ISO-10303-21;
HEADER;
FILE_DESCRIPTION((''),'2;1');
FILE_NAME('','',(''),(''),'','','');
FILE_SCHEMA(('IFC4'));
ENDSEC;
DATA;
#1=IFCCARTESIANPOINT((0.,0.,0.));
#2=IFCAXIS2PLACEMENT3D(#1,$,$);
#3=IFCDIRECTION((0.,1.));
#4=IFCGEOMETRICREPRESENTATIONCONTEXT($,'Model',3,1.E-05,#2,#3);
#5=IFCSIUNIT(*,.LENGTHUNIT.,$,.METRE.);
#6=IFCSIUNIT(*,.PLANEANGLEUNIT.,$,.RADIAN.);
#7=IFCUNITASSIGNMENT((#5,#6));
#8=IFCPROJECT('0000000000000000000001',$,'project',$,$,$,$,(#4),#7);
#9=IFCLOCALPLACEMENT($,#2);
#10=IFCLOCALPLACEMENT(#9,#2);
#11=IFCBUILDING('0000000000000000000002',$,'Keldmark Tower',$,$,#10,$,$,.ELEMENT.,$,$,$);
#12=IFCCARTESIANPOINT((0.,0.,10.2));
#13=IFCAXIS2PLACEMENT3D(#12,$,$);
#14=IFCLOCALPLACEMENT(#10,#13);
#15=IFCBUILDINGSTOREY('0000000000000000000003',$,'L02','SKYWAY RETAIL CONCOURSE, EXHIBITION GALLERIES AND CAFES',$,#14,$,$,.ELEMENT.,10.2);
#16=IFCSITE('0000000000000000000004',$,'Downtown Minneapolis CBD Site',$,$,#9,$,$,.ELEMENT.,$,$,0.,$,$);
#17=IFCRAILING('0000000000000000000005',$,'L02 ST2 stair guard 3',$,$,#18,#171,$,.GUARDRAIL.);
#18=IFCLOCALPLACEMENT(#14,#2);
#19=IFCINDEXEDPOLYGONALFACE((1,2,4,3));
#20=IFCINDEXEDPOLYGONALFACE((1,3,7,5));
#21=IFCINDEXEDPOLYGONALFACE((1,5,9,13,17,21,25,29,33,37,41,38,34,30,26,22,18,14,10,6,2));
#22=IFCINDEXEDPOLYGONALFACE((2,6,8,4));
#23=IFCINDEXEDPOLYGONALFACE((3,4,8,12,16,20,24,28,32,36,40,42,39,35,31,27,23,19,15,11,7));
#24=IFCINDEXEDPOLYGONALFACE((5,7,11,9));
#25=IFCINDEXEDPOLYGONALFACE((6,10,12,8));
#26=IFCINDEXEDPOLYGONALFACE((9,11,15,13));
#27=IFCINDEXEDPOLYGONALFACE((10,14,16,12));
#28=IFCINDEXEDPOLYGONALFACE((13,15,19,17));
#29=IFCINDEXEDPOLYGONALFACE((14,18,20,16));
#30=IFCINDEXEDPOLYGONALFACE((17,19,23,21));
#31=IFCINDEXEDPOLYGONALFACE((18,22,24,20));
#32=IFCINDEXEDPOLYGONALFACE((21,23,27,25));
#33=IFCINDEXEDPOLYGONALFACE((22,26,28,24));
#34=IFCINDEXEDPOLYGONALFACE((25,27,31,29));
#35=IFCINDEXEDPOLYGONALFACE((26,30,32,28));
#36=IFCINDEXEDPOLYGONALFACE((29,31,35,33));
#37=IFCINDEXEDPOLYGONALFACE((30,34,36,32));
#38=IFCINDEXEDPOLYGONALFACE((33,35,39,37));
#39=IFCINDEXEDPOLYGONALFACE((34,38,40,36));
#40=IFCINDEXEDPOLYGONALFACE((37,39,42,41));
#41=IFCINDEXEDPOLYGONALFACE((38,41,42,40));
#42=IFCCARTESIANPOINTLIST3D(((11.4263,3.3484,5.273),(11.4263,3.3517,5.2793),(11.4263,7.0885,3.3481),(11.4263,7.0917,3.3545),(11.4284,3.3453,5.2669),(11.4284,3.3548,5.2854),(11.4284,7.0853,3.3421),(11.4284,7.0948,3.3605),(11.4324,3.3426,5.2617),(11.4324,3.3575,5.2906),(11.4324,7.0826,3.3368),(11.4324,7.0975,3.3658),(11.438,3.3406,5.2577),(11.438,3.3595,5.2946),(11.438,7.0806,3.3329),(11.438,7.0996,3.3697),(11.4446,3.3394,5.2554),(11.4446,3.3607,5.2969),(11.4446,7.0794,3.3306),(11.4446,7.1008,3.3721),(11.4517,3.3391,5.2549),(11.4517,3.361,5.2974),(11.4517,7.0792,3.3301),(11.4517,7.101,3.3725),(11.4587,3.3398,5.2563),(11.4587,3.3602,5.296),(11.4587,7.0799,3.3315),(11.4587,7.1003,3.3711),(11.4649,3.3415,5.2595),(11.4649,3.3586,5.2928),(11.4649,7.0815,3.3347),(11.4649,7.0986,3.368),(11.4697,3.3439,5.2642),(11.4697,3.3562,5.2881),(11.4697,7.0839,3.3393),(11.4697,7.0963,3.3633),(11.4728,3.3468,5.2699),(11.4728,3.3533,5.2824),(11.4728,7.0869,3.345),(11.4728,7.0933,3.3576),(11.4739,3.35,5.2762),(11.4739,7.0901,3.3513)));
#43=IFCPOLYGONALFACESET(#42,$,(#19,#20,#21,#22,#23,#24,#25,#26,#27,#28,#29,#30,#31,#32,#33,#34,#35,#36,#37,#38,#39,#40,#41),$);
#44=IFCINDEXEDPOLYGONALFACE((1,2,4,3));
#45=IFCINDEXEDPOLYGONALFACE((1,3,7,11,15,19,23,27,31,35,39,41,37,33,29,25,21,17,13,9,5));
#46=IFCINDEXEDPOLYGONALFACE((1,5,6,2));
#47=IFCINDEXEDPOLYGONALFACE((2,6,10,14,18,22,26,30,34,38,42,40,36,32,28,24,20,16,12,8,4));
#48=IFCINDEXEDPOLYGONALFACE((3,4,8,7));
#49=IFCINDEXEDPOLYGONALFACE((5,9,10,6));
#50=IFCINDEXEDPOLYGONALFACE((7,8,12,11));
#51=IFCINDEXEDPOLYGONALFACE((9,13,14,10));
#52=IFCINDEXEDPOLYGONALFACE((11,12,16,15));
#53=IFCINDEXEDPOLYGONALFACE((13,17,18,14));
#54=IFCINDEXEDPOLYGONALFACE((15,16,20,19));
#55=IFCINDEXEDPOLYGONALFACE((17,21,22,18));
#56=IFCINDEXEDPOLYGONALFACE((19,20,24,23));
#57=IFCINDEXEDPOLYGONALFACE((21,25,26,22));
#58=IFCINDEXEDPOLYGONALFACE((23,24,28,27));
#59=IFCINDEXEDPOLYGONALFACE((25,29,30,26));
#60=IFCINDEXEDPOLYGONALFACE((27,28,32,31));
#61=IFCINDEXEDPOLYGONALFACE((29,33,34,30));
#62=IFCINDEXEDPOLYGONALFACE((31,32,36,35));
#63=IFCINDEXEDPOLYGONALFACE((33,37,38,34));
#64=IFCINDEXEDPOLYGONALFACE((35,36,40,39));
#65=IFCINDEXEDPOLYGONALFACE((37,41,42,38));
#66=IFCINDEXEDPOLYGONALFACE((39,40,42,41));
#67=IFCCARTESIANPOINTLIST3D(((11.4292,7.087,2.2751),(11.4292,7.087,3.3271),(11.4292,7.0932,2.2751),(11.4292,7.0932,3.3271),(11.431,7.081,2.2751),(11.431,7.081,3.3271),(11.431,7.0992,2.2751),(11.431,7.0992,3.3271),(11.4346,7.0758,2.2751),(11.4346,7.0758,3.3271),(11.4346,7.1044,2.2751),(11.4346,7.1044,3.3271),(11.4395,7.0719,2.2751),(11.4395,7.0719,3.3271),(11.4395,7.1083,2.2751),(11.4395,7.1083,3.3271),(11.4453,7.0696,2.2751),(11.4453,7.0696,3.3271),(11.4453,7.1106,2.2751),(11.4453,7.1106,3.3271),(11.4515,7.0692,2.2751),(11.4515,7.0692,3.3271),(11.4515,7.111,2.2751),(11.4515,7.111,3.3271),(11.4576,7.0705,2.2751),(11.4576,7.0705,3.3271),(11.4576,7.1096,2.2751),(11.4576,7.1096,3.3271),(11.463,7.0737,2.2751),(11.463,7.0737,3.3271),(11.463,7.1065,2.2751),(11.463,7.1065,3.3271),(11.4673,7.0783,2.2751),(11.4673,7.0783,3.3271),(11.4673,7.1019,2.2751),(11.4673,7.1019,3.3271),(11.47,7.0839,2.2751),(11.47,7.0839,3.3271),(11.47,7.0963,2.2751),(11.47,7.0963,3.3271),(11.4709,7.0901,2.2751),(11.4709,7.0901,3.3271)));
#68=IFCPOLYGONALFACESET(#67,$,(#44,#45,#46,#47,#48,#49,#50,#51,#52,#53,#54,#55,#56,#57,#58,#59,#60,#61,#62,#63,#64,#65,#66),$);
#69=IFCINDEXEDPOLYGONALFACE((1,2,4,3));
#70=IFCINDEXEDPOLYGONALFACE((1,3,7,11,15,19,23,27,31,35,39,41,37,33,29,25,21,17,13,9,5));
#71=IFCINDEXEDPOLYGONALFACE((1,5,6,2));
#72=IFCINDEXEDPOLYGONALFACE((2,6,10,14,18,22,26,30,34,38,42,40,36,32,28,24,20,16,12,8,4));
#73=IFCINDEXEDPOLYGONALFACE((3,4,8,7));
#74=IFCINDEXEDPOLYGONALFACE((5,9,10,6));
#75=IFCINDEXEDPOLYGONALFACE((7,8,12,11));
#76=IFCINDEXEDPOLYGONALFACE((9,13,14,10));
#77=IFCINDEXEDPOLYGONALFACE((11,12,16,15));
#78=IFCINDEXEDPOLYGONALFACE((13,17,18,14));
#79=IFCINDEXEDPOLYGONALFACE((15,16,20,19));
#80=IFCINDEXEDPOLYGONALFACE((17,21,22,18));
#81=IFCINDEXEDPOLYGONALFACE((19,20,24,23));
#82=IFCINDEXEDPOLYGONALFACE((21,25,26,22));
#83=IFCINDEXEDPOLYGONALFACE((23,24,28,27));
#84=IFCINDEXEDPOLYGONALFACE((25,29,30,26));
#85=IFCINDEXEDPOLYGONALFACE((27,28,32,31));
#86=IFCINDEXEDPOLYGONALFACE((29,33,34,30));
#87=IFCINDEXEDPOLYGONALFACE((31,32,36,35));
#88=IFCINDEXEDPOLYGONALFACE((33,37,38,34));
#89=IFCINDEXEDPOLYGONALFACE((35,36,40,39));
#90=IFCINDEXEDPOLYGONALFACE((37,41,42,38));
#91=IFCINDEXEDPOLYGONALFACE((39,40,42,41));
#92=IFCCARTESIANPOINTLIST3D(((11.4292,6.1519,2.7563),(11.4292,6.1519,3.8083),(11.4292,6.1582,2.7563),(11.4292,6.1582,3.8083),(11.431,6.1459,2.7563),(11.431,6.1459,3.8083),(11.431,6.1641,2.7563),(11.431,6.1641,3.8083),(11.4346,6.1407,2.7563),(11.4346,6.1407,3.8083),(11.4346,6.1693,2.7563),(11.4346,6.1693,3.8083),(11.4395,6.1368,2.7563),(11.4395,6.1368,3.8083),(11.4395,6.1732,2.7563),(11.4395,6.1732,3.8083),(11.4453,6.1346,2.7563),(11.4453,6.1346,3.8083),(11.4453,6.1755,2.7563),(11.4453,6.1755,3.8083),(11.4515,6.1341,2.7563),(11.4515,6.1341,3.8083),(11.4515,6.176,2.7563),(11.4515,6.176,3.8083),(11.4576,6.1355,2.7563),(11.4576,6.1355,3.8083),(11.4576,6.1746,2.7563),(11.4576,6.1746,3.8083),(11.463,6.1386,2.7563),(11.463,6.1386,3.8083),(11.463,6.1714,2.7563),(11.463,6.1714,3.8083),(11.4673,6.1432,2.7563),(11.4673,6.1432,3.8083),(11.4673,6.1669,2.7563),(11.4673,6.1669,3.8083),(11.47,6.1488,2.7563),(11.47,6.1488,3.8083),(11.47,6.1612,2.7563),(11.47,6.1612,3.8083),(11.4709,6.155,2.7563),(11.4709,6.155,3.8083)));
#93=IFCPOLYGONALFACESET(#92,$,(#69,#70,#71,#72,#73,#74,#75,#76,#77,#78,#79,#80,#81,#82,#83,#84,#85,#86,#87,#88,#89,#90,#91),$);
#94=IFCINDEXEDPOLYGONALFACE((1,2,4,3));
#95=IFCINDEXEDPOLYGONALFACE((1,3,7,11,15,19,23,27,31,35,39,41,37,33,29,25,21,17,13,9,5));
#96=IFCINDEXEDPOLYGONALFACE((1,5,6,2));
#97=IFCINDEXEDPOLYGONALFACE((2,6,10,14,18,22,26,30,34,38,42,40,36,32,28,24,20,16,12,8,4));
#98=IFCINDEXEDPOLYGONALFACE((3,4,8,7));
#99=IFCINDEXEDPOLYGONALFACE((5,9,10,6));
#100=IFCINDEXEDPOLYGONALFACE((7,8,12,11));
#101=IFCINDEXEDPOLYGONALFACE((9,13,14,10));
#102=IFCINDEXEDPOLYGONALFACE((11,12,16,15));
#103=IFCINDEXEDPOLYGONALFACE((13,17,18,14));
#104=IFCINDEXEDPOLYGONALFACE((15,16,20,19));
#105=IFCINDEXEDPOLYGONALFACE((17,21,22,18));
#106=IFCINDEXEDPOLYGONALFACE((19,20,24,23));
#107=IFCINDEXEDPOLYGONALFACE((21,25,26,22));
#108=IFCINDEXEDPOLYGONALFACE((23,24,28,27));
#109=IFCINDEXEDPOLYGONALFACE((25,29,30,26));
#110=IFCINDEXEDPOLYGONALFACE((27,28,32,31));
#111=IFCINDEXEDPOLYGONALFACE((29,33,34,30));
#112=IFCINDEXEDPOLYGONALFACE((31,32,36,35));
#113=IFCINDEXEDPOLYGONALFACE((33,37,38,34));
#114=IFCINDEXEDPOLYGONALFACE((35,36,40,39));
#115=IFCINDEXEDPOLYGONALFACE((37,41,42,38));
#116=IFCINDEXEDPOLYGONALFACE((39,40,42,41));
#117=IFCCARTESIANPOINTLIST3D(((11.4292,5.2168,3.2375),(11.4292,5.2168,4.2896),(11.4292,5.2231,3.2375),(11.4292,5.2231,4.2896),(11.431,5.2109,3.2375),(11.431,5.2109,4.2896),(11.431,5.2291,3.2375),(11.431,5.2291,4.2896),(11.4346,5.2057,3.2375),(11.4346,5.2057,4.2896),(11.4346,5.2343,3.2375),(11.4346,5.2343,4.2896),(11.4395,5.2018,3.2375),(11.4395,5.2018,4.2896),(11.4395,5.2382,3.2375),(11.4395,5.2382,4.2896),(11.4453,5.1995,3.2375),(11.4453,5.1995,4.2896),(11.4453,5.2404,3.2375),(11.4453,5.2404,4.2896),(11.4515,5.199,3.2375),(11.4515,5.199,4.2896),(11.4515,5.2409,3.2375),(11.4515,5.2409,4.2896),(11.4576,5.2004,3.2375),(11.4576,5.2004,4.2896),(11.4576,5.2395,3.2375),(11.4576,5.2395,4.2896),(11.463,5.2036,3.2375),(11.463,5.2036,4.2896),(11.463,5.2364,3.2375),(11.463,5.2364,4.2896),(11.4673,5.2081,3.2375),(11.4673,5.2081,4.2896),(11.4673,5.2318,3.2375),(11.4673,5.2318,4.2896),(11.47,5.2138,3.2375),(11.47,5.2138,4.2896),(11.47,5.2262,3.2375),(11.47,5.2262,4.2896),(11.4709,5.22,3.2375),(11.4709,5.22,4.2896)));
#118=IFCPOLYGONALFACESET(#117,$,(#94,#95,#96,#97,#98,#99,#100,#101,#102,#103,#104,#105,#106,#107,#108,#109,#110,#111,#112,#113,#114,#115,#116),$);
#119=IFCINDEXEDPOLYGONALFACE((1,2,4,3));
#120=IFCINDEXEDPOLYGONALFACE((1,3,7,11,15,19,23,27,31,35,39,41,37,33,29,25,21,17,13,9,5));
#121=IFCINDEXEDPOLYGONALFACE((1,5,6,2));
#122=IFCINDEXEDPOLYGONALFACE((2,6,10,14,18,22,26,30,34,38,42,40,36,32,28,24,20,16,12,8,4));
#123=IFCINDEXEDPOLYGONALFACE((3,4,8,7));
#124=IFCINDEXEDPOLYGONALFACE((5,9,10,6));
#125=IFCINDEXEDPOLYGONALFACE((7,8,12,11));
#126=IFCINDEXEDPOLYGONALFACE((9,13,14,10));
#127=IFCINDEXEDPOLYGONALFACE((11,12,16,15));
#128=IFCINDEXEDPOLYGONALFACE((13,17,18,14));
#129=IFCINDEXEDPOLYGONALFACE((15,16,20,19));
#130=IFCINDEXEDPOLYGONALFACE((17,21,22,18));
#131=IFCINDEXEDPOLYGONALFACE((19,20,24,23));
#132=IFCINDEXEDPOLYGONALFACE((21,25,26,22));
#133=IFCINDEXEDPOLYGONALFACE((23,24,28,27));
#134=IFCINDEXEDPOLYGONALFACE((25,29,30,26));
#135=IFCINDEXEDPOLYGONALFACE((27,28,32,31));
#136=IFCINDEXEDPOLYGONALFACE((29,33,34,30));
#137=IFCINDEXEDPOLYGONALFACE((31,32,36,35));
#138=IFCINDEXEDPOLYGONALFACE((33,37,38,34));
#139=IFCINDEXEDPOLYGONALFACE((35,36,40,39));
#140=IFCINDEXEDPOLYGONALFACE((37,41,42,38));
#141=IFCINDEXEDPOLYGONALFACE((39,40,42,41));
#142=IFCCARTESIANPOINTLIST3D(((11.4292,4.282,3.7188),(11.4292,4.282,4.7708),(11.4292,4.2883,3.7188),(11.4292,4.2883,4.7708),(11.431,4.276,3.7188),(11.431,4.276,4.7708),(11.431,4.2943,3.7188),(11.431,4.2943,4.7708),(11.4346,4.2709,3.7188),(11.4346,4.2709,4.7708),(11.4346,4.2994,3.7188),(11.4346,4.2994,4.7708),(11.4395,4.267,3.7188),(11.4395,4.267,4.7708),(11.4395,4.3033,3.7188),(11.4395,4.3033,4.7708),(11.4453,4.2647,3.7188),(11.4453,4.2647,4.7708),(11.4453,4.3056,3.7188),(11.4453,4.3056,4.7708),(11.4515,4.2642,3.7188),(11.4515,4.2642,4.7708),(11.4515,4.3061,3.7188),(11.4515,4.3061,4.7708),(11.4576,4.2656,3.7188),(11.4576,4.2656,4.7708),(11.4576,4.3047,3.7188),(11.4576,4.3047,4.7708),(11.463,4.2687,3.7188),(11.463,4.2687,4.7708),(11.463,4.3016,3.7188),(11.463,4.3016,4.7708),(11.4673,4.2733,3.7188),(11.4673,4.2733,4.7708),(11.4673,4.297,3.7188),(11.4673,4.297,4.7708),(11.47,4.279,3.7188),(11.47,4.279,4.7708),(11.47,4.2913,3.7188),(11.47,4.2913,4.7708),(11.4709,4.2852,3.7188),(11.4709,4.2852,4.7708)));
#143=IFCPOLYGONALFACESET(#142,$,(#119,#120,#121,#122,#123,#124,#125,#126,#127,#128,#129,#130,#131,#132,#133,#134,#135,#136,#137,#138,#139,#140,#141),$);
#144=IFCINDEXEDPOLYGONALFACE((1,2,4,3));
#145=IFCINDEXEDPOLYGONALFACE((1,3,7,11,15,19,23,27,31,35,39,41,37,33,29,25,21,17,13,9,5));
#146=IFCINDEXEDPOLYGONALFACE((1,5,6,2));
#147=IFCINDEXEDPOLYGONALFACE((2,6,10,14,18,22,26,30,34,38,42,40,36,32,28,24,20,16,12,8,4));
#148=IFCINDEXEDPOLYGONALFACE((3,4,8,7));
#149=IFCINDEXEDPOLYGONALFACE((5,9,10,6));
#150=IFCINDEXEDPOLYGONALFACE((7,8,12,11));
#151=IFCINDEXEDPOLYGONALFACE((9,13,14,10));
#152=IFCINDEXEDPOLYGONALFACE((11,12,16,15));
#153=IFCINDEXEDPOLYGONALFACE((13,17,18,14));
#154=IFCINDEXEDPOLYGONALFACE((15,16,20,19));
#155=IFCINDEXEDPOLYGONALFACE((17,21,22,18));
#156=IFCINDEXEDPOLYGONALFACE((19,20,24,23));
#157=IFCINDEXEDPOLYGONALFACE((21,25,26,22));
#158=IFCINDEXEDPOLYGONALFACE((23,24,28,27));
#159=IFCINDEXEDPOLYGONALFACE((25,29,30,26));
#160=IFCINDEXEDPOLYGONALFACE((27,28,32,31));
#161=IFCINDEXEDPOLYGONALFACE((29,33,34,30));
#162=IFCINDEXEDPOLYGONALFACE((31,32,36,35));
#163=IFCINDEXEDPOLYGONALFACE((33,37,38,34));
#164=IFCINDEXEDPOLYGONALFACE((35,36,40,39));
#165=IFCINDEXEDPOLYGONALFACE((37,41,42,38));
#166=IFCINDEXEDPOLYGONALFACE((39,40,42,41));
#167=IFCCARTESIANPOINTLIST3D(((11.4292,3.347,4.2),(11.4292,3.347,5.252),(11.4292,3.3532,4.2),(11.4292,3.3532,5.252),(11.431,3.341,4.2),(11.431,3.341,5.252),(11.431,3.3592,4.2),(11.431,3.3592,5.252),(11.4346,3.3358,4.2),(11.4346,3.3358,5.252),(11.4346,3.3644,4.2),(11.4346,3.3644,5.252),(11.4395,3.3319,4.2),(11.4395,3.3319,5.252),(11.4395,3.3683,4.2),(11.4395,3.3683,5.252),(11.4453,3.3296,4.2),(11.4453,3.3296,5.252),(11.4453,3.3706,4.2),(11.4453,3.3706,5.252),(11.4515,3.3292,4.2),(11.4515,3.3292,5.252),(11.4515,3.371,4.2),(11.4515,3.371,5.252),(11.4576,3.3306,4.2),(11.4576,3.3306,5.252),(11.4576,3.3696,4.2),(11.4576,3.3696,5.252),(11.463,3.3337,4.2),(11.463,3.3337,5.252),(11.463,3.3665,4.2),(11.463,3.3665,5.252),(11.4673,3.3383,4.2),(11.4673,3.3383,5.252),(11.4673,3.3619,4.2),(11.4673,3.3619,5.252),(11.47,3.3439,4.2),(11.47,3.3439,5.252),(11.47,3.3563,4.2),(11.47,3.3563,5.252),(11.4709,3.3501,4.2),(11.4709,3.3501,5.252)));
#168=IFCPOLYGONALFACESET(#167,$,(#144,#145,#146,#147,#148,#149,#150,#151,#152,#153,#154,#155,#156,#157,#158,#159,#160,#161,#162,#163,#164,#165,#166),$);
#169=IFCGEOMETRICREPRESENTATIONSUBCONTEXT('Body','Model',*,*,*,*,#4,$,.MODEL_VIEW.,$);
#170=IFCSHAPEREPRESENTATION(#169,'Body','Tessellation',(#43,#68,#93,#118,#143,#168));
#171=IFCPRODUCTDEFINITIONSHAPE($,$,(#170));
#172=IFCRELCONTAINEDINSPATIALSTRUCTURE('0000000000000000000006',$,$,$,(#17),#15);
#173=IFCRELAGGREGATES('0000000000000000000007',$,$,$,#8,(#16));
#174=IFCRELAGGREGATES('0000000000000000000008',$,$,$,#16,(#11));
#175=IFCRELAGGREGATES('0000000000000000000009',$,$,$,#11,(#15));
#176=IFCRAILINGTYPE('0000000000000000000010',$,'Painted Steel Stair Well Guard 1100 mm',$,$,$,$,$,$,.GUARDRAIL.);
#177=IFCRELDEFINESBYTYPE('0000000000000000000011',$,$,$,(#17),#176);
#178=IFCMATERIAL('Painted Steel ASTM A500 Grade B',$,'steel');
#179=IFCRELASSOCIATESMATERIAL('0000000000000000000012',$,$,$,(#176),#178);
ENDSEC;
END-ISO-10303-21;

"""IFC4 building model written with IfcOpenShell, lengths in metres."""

from ifc_helpers import new_model, si_unit, direction, frame, origin, origin_2d, place, context, subcontext, project, spatial, circle, extrude, material, type_object, element, save


model = new_model("IFC4")

# Units and contexts
model_context = context("Model", 3, precision=1e-05, world=origin(), true_north=direction((0.0, 1.0)))
body_context = subcontext(model_context, "Body", "Model", "MODEL_VIEW")
ifc_project = project(units=[si_unit("LENGTHUNIT", "METRE"), si_unit("PLANEANGLEUNIT", "RADIAN")], contexts=[model_context])

# Site, building, storey
site_placement = place(None, origin())
site = spatial("IfcSite", under=ifc_project, at=site_placement, Name="Downtown Minneapolis CBD Site", CompositionType="ELEMENT", RefElevation=0.0)
building_placement = place(site_placement, origin())
building = spatial("IfcBuilding", under=site, at=building_placement, Name="Keldmark Tower", CompositionType="ELEMENT")
storey_placement = place(building_placement, frame((0.0, 0.0, 10.2)))
storey = spatial("IfcBuildingStorey", under=building, at=storey_placement, Name="L02", Description="SKYWAY RETAIL CONCOURSE, EXHIBITION GALLERIES AND CAFES", CompositionType="ELEMENT", Elevation=10.2)

# Railing
ifc_material_1 = material(Name="Painted Steel ASTM A500 Grade B", Category="steel")
railing_type_1 = type_object("IfcRailingType", Name="Painted Steel Stair Well Guard 1100 mm", PredefinedType="GUARDRAIL", material=ifc_material_1)
railing_1_placement = place(storey_placement, frame((11.45, 7.0901, 2.2751)))
element("IfcRailing", 1, at=railing_1_placement, inside=storey, type_object=railing_type_1, Name="L02 ST2 stair guard 3", PredefinedType="GUARDRAIL", context=body_context, shape_type="SweptSolid", body=[
    extrude(circle(Radius=0.0239, at=origin_2d()), frame((0.0, 0.0, 1.0762), z_axis=(0.0, -0.889154, 0.457608), x_axis=(1.0, 0.0, 0.0)), (0.0, 0.0, 1.0), 4.2063),
    extrude(circle(Radius=0.021, at=origin_2d()), origin(), (0.0, 0.0, 1.0), 1.052),
    extrude(circle(Radius=0.021, at=origin_2d()), frame((0.0, -0.9351, 0.4812)), (0.0, 0.0, 1.0), 1.052),
    extrude(circle(Radius=0.021, at=origin_2d()), frame((0.0, -1.8701, 0.9624)), (0.0, 0.0, 1.0), 1.052),
    extrude(circle(Radius=0.021, at=origin_2d()), frame((0.0, -2.8049, 1.4436)), (0.0, 0.0, 1.0), 1.052),
    extrude(circle(Radius=0.021, at=origin_2d()), frame((0.0, -3.74, 1.9248)), (0.0, 0.0, 1.0), 1.052),
])

save(model, "model.ifc")
